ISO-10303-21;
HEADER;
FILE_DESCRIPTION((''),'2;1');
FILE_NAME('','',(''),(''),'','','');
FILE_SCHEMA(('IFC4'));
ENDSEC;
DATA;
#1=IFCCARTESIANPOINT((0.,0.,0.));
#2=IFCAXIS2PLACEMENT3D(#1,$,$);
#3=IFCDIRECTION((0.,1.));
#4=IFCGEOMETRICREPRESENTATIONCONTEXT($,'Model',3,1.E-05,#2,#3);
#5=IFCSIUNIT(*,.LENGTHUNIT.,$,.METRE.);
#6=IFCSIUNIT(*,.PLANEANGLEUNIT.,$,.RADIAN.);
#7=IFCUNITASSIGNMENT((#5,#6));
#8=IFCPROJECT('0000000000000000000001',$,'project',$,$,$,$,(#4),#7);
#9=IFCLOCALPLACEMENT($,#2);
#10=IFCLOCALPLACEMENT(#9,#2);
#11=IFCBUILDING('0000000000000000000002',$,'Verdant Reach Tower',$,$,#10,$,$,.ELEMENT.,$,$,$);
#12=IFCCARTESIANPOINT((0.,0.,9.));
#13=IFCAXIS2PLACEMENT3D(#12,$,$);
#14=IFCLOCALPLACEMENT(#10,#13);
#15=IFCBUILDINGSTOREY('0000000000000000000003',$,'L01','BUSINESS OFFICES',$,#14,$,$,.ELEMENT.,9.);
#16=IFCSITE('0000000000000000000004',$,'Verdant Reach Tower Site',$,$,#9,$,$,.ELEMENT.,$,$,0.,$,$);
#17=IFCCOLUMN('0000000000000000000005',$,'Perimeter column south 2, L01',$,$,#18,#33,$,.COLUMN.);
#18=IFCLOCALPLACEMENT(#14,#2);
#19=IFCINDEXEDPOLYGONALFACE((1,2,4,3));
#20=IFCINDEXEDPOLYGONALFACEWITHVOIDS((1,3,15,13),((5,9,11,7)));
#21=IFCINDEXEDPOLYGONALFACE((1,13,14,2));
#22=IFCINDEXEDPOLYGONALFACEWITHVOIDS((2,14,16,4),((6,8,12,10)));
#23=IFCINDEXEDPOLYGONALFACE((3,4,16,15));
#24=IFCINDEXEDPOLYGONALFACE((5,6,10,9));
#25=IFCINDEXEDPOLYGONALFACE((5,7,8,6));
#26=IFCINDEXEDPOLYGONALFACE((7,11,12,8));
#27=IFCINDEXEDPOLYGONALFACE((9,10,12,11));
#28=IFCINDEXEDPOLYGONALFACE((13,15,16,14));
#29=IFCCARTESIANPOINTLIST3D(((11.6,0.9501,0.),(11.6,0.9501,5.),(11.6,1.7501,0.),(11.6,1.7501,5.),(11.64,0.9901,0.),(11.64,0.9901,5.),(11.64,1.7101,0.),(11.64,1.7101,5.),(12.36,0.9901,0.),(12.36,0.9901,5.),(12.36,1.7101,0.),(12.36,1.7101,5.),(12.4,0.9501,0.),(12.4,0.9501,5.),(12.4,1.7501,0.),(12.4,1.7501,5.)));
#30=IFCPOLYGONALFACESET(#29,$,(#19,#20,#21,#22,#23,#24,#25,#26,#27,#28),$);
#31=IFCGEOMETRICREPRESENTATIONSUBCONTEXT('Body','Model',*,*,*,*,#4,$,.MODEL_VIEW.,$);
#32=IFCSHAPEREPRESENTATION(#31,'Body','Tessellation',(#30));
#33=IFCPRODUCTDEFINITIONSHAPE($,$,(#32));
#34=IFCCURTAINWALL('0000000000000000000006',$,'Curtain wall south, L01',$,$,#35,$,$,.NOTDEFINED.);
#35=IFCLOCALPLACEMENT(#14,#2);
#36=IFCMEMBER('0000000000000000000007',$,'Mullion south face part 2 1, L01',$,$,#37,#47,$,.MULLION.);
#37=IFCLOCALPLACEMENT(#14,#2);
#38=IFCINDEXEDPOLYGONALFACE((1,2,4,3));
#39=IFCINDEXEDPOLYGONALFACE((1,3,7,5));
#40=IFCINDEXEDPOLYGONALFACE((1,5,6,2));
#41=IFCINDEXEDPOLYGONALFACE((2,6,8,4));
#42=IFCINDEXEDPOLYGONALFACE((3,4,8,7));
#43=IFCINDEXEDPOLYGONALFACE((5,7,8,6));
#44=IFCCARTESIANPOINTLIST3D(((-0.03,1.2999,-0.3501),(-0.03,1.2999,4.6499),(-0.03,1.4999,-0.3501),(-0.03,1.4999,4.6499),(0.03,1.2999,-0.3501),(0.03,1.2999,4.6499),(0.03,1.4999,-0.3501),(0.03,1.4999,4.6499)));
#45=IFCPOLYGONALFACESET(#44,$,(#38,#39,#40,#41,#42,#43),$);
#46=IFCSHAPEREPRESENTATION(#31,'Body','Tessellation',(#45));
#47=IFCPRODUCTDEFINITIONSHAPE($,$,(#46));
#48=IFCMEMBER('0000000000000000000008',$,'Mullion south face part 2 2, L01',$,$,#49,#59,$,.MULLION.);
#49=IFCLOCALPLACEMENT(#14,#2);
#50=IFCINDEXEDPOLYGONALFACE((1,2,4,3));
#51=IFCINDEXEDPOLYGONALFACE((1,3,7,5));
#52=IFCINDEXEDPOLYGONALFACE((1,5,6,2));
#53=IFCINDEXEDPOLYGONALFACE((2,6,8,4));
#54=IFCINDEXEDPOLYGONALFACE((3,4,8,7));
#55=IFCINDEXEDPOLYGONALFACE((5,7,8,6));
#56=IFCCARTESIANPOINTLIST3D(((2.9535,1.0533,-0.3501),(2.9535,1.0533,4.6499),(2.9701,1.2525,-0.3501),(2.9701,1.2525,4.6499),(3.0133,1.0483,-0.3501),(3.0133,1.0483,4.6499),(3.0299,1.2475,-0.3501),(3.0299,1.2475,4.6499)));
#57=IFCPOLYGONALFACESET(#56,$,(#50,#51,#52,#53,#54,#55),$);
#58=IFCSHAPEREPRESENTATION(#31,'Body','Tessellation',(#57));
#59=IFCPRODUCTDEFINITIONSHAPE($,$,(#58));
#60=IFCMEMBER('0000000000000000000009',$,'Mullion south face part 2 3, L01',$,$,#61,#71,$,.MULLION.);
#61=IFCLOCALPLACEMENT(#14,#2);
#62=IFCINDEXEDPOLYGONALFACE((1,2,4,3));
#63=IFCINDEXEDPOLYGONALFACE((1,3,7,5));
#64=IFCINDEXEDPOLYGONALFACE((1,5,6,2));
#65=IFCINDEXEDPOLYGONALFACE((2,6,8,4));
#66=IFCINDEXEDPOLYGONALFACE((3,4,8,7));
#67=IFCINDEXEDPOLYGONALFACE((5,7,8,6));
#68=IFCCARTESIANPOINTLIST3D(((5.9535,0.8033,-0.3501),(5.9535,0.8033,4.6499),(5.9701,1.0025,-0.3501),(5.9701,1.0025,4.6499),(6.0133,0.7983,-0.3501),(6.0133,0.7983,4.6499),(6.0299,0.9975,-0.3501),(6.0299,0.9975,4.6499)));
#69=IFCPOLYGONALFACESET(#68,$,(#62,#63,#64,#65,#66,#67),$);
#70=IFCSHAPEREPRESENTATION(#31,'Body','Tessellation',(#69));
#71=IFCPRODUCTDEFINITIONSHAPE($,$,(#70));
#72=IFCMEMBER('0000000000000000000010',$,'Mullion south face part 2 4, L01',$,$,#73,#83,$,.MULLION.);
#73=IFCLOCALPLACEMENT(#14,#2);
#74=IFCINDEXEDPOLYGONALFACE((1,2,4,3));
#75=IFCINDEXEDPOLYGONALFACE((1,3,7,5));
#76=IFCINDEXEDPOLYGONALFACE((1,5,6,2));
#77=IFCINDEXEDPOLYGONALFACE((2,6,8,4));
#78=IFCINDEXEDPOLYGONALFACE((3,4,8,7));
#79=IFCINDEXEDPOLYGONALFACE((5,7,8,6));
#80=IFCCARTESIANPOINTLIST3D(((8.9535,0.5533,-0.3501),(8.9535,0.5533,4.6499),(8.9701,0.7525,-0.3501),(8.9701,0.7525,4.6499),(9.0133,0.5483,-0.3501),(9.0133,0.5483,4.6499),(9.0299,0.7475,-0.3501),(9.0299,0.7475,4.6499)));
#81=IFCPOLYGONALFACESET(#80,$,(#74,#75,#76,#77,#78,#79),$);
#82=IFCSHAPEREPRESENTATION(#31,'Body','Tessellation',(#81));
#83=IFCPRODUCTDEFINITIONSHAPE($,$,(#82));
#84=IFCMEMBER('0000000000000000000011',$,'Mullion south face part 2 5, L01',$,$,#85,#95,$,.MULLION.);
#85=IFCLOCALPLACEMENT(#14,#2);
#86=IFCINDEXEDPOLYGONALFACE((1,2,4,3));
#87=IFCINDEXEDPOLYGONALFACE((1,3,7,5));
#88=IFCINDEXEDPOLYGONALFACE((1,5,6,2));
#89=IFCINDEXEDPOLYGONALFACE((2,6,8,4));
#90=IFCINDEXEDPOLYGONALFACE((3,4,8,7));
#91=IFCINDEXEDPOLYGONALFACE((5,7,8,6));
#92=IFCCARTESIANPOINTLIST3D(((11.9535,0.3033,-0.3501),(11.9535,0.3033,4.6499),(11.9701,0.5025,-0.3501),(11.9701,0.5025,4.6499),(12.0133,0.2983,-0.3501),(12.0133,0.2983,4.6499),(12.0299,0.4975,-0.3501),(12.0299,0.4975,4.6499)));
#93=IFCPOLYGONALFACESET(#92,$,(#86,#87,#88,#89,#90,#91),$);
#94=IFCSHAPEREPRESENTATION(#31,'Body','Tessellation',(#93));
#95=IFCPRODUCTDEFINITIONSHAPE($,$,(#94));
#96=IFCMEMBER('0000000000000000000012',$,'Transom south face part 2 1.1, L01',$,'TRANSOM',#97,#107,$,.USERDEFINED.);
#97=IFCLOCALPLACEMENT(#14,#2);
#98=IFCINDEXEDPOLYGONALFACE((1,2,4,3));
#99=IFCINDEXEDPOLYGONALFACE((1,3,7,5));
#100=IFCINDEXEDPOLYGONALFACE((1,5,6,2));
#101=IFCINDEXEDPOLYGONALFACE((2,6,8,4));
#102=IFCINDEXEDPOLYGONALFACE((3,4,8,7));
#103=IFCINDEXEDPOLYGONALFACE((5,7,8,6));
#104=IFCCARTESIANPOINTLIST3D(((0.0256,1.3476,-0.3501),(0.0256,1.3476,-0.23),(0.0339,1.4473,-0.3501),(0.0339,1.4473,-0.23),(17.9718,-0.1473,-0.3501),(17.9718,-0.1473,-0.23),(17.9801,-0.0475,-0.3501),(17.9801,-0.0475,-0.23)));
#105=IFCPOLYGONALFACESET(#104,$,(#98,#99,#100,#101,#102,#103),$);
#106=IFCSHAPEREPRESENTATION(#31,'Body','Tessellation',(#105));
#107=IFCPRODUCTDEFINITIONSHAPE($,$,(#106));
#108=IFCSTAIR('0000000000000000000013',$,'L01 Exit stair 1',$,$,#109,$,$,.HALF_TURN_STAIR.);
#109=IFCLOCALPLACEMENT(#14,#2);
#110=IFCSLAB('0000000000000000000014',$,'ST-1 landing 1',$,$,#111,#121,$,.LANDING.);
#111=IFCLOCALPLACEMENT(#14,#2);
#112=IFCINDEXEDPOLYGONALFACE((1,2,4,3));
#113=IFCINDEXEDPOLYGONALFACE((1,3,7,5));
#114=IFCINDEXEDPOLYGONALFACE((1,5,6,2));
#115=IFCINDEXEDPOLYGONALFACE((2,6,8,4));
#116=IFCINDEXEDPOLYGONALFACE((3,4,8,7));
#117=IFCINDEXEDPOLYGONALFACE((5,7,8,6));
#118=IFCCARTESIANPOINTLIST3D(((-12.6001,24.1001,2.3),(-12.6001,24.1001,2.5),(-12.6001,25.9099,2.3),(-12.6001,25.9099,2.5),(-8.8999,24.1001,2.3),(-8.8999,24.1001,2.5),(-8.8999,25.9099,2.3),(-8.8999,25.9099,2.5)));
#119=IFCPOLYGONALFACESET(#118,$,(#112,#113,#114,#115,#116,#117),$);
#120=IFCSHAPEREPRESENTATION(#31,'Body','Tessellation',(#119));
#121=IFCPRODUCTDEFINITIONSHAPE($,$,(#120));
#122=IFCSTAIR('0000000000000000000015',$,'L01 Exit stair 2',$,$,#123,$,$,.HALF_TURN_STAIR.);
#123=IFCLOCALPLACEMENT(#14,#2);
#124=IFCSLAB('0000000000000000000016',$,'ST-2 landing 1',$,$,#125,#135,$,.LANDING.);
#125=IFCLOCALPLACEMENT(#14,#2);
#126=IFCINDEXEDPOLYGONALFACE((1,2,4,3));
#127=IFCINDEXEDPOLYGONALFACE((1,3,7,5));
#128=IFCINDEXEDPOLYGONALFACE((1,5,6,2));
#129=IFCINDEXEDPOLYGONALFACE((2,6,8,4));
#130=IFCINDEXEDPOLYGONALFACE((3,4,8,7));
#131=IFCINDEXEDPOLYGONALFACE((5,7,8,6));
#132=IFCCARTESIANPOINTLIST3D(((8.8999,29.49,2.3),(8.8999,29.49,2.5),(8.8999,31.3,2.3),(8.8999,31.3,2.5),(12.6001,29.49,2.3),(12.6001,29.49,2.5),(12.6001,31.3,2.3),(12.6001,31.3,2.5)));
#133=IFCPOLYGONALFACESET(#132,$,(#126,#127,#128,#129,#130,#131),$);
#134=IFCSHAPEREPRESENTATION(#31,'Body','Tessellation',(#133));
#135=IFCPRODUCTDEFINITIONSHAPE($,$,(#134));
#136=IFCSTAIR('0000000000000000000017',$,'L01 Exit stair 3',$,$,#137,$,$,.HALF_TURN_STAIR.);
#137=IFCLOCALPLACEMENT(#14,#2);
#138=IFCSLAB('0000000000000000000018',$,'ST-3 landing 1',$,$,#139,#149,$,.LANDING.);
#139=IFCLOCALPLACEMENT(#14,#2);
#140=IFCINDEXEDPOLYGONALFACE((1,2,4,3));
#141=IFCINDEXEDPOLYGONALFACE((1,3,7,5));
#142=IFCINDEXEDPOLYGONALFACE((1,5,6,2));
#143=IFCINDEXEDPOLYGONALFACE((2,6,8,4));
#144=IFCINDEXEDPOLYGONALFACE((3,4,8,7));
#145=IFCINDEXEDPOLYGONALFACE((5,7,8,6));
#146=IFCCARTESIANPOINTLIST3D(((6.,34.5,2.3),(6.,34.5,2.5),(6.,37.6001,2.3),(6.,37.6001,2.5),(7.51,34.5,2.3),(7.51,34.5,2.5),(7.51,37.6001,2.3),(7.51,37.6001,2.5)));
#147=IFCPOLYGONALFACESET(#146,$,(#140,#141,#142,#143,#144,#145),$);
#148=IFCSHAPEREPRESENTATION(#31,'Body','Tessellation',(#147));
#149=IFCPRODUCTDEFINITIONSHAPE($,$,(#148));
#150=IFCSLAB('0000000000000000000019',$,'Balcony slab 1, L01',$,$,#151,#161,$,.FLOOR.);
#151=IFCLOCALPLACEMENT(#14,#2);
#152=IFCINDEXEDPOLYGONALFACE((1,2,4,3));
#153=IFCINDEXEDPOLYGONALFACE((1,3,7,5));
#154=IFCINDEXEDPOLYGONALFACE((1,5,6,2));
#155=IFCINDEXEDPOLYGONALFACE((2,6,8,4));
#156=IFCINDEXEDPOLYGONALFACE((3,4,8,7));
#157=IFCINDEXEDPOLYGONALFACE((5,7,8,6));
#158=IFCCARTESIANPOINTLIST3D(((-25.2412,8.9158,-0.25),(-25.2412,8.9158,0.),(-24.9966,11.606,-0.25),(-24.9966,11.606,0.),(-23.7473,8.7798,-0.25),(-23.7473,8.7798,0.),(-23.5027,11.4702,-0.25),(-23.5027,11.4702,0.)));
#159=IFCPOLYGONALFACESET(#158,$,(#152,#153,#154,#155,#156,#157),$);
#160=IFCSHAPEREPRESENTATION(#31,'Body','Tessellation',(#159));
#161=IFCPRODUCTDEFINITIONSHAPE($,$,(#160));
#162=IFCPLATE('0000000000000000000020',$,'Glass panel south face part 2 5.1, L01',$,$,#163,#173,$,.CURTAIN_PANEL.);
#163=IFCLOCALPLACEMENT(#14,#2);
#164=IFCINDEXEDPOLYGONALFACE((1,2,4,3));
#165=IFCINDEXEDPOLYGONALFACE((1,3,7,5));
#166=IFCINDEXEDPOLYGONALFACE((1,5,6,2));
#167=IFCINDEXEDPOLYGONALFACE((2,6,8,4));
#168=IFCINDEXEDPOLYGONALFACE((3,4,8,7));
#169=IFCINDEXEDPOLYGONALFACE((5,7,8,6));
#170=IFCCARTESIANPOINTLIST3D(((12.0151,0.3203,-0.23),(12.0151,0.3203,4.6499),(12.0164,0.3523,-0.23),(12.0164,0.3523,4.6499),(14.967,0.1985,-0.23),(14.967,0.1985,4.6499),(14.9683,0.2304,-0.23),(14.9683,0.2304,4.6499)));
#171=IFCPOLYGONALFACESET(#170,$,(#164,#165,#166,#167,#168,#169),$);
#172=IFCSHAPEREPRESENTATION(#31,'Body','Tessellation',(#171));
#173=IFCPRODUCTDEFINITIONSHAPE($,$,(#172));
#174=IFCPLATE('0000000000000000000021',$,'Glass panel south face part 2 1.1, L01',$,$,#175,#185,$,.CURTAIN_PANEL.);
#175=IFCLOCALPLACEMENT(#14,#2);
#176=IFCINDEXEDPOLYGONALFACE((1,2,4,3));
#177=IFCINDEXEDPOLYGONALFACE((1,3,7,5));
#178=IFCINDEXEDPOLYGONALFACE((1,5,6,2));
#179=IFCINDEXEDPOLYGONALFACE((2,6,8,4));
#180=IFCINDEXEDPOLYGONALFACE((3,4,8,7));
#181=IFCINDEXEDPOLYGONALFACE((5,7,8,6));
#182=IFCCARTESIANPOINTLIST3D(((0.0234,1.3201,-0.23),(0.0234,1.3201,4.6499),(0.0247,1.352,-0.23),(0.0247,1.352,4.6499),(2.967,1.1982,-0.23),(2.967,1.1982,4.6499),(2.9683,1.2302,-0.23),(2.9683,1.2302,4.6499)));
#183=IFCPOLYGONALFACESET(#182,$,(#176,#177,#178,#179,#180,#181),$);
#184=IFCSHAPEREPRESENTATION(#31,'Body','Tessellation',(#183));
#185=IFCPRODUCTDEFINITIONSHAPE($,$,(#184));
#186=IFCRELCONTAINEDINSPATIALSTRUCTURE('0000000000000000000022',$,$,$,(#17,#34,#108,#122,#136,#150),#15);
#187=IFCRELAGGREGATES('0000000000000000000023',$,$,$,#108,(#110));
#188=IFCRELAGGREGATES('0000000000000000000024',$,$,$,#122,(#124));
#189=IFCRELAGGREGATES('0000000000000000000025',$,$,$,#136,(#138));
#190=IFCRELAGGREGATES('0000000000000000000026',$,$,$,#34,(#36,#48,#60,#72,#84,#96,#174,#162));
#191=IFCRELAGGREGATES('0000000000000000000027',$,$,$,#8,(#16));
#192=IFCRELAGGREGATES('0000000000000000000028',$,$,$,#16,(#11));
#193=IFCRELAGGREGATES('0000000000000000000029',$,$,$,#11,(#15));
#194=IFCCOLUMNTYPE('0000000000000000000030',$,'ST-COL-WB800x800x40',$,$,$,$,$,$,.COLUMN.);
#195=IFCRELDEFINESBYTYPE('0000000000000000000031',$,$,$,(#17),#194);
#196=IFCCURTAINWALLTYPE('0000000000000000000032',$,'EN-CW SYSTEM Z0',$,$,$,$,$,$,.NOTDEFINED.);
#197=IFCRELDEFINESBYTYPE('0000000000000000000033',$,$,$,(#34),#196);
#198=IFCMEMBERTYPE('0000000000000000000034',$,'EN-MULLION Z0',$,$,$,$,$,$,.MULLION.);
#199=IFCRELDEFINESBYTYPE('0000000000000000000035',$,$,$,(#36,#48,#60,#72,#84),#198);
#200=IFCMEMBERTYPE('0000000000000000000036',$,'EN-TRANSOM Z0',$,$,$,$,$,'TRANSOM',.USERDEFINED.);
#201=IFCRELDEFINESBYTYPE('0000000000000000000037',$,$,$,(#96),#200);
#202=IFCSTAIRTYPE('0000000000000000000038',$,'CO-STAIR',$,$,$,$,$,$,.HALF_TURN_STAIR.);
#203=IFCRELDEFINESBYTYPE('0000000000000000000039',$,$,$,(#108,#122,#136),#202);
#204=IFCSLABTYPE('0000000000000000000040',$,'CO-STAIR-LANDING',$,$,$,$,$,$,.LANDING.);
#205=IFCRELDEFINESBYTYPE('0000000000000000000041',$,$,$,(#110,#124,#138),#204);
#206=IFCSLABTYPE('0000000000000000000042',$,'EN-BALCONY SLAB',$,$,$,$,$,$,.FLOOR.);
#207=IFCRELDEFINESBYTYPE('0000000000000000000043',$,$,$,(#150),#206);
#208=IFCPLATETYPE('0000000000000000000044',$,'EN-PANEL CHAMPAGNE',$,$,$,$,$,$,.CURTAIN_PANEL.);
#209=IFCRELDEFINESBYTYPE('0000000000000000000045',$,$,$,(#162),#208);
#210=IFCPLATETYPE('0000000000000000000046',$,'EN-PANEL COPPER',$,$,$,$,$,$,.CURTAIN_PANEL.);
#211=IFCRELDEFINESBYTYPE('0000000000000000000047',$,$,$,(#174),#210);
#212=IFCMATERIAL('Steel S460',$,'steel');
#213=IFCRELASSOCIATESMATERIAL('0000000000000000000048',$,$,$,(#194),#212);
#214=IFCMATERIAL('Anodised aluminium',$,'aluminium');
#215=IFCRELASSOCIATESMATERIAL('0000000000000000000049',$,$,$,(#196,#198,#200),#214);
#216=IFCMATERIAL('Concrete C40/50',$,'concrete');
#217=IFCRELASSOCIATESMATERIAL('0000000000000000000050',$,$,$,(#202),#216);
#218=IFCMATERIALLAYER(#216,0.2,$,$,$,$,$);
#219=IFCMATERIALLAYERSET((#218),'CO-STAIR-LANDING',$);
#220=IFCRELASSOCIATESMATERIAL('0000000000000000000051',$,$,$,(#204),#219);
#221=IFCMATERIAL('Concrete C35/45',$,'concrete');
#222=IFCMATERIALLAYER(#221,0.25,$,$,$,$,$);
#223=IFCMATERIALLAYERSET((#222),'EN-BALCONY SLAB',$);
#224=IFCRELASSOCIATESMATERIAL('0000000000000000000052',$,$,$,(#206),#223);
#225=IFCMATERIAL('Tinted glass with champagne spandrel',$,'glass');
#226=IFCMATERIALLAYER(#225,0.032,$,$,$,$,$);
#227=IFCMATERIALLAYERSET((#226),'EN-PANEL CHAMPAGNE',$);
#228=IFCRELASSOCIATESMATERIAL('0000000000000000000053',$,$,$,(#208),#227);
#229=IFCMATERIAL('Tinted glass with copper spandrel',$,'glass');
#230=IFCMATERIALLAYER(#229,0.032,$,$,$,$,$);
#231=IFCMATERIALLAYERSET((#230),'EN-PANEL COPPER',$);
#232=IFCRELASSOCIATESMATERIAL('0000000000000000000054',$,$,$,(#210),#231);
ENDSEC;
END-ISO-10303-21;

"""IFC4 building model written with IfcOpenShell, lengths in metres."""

from ifc_helpers import new_model, si_unit, direction, frame, origin, origin_2d, place, context, subcontext, project, spatial, polyline, rectangle, hollow_rectangle, outline, extrude, material, layer, layer_set, material_profile, profile_set, type_object, element, aggregate, save


model = new_model("IFC4")

# Units and contexts
model_context = context("Model", 3, precision=1e-05, world=origin(), true_north=direction((0.0, 1.0)))
body_context = subcontext(model_context, "Body", "Model", "MODEL_VIEW")
ifc_project = project(units=[si_unit("LENGTHUNIT", "METRE"), si_unit("PLANEANGLEUNIT", "RADIAN")], contexts=[model_context])

# Site, building, storey
site_placement = place(None, origin())
site = spatial("IfcSite", under=ifc_project, at=site_placement, Name="Verdant Reach Tower Site", CompositionType="ELEMENT", RefElevation=0.0)
building_placement = place(site_placement, origin())
building = spatial("IfcBuilding", under=site, at=building_placement, Name="Verdant Reach Tower", CompositionType="ELEMENT")
storey_placement = place(building_placement, frame((0.0, 0.0, 9.0)))
storey = spatial("IfcBuildingStorey", under=building, at=storey_placement, Name="L01", Description="BUSINESS OFFICES", CompositionType="ELEMENT", Elevation=9.0)

# Column
ifc_material_1 = material(Name="Steel S460", Category="steel")
ifc_material_profile_1 = material_profile(ifc_material_1, hollow_rectangle(XDim=0.8, YDim=0.8, WallThickness=0.04, at=origin_2d()), Name="WB 800x800x40")
ifc_profile_set_1 = profile_set([ifc_material_profile_1], Name="Steel S460")
column_type = type_object("IfcColumnType", Name="ST-COL-WB800x800x40", PredefinedType="COLUMN", material=ifc_profile_set_1)
column_placement = place(storey_placement, frame((12.0, 1.3501, 0.0), z_axis=(0.0, 0.0, 1.0), x_axis=(1.0, 0.0, 0.0)))
element("IfcColumn", 1, at=column_placement, inside=storey, type_object=column_type, Name="Perimeter column south 2, L01", PredefinedType="COLUMN", context=body_context, shape_type="SweptSolid", body=[
    extrude(hollow_rectangle(XDim=0.8, YDim=0.8, WallThickness=0.04, at=origin_2d()), origin(), (0.0, 0.0, 1.0), 5.0),
])

# Curtain wall, members
ifc_material_2 = material(Name="Anodised aluminium", Category="aluminium")
curtain_wall_type = type_object("IfcCurtainWallType", Name="EN-CW SYSTEM Z0", PredefinedType="NOTDEFINED", material=ifc_material_2)
curtain_wall_placement = place(storey_placement, origin())
curtain_wall = element("IfcCurtainWall", 2, at=curtain_wall_placement, inside=storey, type_object=curtain_wall_type, Name="Curtain wall south, L01", PredefinedType="NOTDEFINED")
ifc_material_profile_2 = material_profile(ifc_material_2, rectangle(XDim=0.2, YDim=0.0601, at=origin_2d()), Name="Mullion 60x200")
ifc_profile_set_2 = profile_set([ifc_material_profile_2], Name="Anodised aluminium")
member_type_1 = type_object("IfcMemberType", Name="EN-MULLION Z0", PredefinedType="MULLION", material=ifc_profile_set_2)
member_1_placement = place(storey_placement, frame((0.0, 1.3999, -0.3501), z_axis=(0.0, 0.0, 1.0), x_axis=(0.0, -1.0, 0.0)))
member_1 = element("IfcMember", 3, at=member_1_placement, type_object=member_type_1, Name="Mullion south face part 2 1, L01", PredefinedType="MULLION", context=body_context, shape_type="SweptSolid", body=[
    extrude(rectangle(XDim=0.2, YDim=0.0601, at=origin_2d()), origin(), (0.0, 0.0, 1.0), 5.0),
])
member_2_placement = place(storey_placement, frame((2.9917, 1.1504, -0.3501), z_axis=(0.0, 0.0, 1.0), x_axis=(-0.083045, -0.996546, 0.0)))
member_2 = element("IfcMember", 4, at=member_2_placement, type_object=member_type_1, Name="Mullion south face part 2 2, L01", PredefinedType="MULLION", context=body_context, shape_type="SweptSolid", body=[
    extrude(rectangle(XDim=0.2, YDim=0.0601, at=origin_2d()), origin(), (0.0, 0.0, 1.0), 5.0),
])
member_3_placement = place(storey_placement, frame((5.9917, 0.9004, -0.3501), z_axis=(0.0, 0.0, 1.0), x_axis=(-0.083045, -0.996546, 0.0)))
member_3 = element("IfcMember", 5, at=member_3_placement, type_object=member_type_1, Name="Mullion south face part 2 3, L01", PredefinedType="MULLION", context=body_context, shape_type="SweptSolid", body=[
    extrude(rectangle(XDim=0.2, YDim=0.0601, at=origin_2d()), origin(), (0.0, 0.0, 1.0), 5.0),
])
member_4_placement = place(storey_placement, frame((8.9917, 0.6504, -0.3501), z_axis=(0.0, 0.0, 1.0), x_axis=(-0.083045, -0.996546, 0.0)))
member_4 = element("IfcMember", 6, at=member_4_placement, type_object=member_type_1, Name="Mullion south face part 2 4, L01", PredefinedType="MULLION", context=body_context, shape_type="SweptSolid", body=[
    extrude(rectangle(XDim=0.2, YDim=0.0601, at=origin_2d()), origin(), (0.0, 0.0, 1.0), 5.0),
])
member_5_placement = place(storey_placement, frame((11.9917, 0.4004, -0.3501), z_axis=(0.0, 0.0, 1.0), x_axis=(-0.083045, -0.996546, 0.0)))
member_5 = element("IfcMember", 7, at=member_5_placement, type_object=member_type_1, Name="Mullion south face part 2 5, L01", PredefinedType="MULLION", context=body_context, shape_type="SweptSolid", body=[
    extrude(rectangle(XDim=0.2, YDim=0.0601, at=origin_2d()), origin(), (0.0, 0.0, 1.0), 5.0),
])
ifc_material_profile_3 = material_profile(ifc_material_2, rectangle(XDim=0.1001, YDim=0.1201, at=origin_2d()), Name="Transom 120x100")
ifc_profile_set_3 = profile_set([ifc_material_profile_3], Name="Anodised aluminium")
member_type_2 = type_object("IfcMemberType", Name="EN-TRANSOM Z0", ElementType="TRANSOM", PredefinedType="USERDEFINED", material=ifc_profile_set_3)
member_6_placement = place(storey_placement, frame((0.0298, 1.3975, -0.29), z_axis=(0.996549, -0.083011, 0.0), x_axis=(0.083011, 0.996549, 0.0)))
member_6 = element("IfcMember", 8, at=member_6_placement, type_object=member_type_2, Name="Transom south face part 2 1.1, L01", ObjectType="TRANSOM", PredefinedType="USERDEFINED", context=body_context, shape_type="SweptSolid", body=[
    extrude(rectangle(XDim=0.1001, YDim=0.1201, at=origin_2d()), origin(), (0.0, 0.0, 1.0), 18.0083),
])

# Stairs, slabs
ifc_material_3 = material(Name="Concrete C40/50", Category="concrete")
stair_type = type_object("IfcStairType", Name="CO-STAIR", PredefinedType="HALF_TURN_STAIR", material=ifc_material_3)
stair_1_placement = place(storey_placement, origin())
stair_1 = element("IfcStair", 9, at=stair_1_placement, inside=storey, type_object=stair_type, Name="L01 Exit stair 1", PredefinedType="HALF_TURN_STAIR")
ifc_layer_1 = layer(ifc_material_3, 0.2)
ifc_layer_set_1 = layer_set([ifc_layer_1], Name="CO-STAIR-LANDING")
slab_type_1 = type_object("IfcSlabType", Name="CO-STAIR-LANDING", PredefinedType="LANDING", material=ifc_layer_set_1)
slab_1_placement = place(storey_placement, frame((0.0, 0.0, 2.3)))
slab_1 = element("IfcSlab", 10, at=slab_1_placement, type_object=slab_type_1, Name="ST-1 landing 1", PredefinedType="LANDING", context=body_context, shape_type="SweptSolid", body=[
    extrude(outline(polyline([(-12.6001, 25.9099), (-12.6001, 24.1001), (-8.8999, 24.1001), (-8.8999, 25.9099), (-12.6001, 25.9099)])), origin(), (0.0, 0.0, 1.0), 0.2),
])
aggregate(stair_1, [slab_1])
stair_2_placement = place(storey_placement, origin())
stair_2 = element("IfcStair", 11, at=stair_2_placement, inside=storey, type_object=stair_type, Name="L01 Exit stair 2", PredefinedType="HALF_TURN_STAIR")
slab_2_placement = place(storey_placement, frame((0.0, 0.0, 2.3)))
slab_2 = element("IfcSlab", 12, at=slab_2_placement, type_object=slab_type_1, Name="ST-2 landing 1", PredefinedType="LANDING", context=body_context, shape_type="SweptSolid", body=[
    extrude(outline(polyline([(12.6001, 29.49), (12.6001, 31.3), (8.8999, 31.3), (8.8999, 29.49), (12.6001, 29.49)])), origin(), (0.0, 0.0, 1.0), 0.2),
])
aggregate(stair_2, [slab_2])
stair_3_placement = place(storey_placement, origin())
stair_3 = element("IfcStair", 13, at=stair_3_placement, inside=storey, type_object=stair_type, Name="L01 Exit stair 3", PredefinedType="HALF_TURN_STAIR")
slab_3_placement = place(storey_placement, frame((0.0, 0.0, 2.3)))
slab_3 = element("IfcSlab", 14, at=slab_3_placement, type_object=slab_type_1, Name="ST-3 landing 1", PredefinedType="LANDING", context=body_context, shape_type="SweptSolid", body=[
    extrude(outline(polyline([(7.51, 37.6001), (6.0, 37.6001), (6.0, 34.5), (7.51, 34.5), (7.51, 37.6001)])), origin(), (0.0, 0.0, 1.0), 0.2),
])
aggregate(stair_3, [slab_3])

# Slab
ifc_material_4 = material(Name="Concrete C35/45", Category="concrete")
ifc_layer_2 = layer(ifc_material_4, 0.25)
ifc_layer_set_2 = layer_set([ifc_layer_2], Name="EN-BALCONY SLAB")
slab_type_2 = type_object("IfcSlabType", Name="EN-BALCONY SLAB", PredefinedType="FLOOR", material=ifc_layer_set_2)
slab_4_placement = place(storey_placement, frame((0.0, 0.0, -0.25)))
element("IfcSlab", 15, at=slab_4_placement, inside=storey, type_object=slab_type_2, Name="Balcony slab 1, L01", PredefinedType="FLOOR", context=body_context, shape_type="SweptSolid", body=[
    extrude(outline(polyline([(-23.5027, 11.4702), (-23.7473, 8.7798), (-25.2412, 8.9158), (-24.9966, 11.606), (-23.5027, 11.4702)])), origin(), (0.0, 0.0, 1.0), 0.25),
])

# Plates
ifc_material_5 = material(Name="Tinted glass with champagne spandrel", Category="glass")
ifc_layer_3 = layer(ifc_material_5, 0.032)
ifc_layer_set_3 = layer_set([ifc_layer_3], Name="EN-PANEL CHAMPAGNE")
plate_type_1 = type_object("IfcPlateType", Name="EN-PANEL CHAMPAGNE", PredefinedType="CURTAIN_PANEL", material=ifc_layer_set_3)
plate_1_placement = place(storey_placement, frame((13.4917, 0.2754, -0.23), z_axis=(0.0, 0.0, 1.0), x_axis=(0.999149, -0.041242, 0.0)))
plate_1 = element("IfcPlate", 16, at=plate_1_placement, type_object=plate_type_1, Name="Glass panel south face part 2 5.1, L01", PredefinedType="CURTAIN_PANEL", context=body_context, shape_type="SweptSolid", body=[
    extrude(rectangle(XDim=2.9543, YDim=0.032, at=origin_2d()), origin(), (0.0, 0.0, 1.0), 4.8799),
])
ifc_material_6 = material(Name="Tinted glass with copper spandrel", Category="glass")
ifc_layer_4 = layer(ifc_material_6, 0.032)
ifc_layer_set_4 = layer_set([ifc_layer_4], Name="EN-PANEL COPPER")
plate_type_2 = type_object("IfcPlateType", Name="EN-PANEL COPPER", PredefinedType="CURTAIN_PANEL", material=ifc_layer_set_4)
plate_2_placement = place(storey_placement, frame((1.4958, 1.2751, -0.23), z_axis=(0.0, 0.0, 1.0), x_axis=(0.999144, -0.041357, 0.0)))
plate_2 = element("IfcPlate", 17, at=plate_2_placement, type_object=plate_type_2, Name="Glass panel south face part 2 1.1, L01", PredefinedType="CURTAIN_PANEL", context=body_context, shape_type="SweptSolid", body=[
    extrude(rectangle(XDim=2.946, YDim=0.032, at=origin_2d()), origin(), (0.0, 0.0, 1.0), 4.8799),
])
aggregate(curtain_wall, [member_1, member_2, member_3, member_4, member_5, member_6, plate_2, plate_1])

save(model, "model.ifc")
